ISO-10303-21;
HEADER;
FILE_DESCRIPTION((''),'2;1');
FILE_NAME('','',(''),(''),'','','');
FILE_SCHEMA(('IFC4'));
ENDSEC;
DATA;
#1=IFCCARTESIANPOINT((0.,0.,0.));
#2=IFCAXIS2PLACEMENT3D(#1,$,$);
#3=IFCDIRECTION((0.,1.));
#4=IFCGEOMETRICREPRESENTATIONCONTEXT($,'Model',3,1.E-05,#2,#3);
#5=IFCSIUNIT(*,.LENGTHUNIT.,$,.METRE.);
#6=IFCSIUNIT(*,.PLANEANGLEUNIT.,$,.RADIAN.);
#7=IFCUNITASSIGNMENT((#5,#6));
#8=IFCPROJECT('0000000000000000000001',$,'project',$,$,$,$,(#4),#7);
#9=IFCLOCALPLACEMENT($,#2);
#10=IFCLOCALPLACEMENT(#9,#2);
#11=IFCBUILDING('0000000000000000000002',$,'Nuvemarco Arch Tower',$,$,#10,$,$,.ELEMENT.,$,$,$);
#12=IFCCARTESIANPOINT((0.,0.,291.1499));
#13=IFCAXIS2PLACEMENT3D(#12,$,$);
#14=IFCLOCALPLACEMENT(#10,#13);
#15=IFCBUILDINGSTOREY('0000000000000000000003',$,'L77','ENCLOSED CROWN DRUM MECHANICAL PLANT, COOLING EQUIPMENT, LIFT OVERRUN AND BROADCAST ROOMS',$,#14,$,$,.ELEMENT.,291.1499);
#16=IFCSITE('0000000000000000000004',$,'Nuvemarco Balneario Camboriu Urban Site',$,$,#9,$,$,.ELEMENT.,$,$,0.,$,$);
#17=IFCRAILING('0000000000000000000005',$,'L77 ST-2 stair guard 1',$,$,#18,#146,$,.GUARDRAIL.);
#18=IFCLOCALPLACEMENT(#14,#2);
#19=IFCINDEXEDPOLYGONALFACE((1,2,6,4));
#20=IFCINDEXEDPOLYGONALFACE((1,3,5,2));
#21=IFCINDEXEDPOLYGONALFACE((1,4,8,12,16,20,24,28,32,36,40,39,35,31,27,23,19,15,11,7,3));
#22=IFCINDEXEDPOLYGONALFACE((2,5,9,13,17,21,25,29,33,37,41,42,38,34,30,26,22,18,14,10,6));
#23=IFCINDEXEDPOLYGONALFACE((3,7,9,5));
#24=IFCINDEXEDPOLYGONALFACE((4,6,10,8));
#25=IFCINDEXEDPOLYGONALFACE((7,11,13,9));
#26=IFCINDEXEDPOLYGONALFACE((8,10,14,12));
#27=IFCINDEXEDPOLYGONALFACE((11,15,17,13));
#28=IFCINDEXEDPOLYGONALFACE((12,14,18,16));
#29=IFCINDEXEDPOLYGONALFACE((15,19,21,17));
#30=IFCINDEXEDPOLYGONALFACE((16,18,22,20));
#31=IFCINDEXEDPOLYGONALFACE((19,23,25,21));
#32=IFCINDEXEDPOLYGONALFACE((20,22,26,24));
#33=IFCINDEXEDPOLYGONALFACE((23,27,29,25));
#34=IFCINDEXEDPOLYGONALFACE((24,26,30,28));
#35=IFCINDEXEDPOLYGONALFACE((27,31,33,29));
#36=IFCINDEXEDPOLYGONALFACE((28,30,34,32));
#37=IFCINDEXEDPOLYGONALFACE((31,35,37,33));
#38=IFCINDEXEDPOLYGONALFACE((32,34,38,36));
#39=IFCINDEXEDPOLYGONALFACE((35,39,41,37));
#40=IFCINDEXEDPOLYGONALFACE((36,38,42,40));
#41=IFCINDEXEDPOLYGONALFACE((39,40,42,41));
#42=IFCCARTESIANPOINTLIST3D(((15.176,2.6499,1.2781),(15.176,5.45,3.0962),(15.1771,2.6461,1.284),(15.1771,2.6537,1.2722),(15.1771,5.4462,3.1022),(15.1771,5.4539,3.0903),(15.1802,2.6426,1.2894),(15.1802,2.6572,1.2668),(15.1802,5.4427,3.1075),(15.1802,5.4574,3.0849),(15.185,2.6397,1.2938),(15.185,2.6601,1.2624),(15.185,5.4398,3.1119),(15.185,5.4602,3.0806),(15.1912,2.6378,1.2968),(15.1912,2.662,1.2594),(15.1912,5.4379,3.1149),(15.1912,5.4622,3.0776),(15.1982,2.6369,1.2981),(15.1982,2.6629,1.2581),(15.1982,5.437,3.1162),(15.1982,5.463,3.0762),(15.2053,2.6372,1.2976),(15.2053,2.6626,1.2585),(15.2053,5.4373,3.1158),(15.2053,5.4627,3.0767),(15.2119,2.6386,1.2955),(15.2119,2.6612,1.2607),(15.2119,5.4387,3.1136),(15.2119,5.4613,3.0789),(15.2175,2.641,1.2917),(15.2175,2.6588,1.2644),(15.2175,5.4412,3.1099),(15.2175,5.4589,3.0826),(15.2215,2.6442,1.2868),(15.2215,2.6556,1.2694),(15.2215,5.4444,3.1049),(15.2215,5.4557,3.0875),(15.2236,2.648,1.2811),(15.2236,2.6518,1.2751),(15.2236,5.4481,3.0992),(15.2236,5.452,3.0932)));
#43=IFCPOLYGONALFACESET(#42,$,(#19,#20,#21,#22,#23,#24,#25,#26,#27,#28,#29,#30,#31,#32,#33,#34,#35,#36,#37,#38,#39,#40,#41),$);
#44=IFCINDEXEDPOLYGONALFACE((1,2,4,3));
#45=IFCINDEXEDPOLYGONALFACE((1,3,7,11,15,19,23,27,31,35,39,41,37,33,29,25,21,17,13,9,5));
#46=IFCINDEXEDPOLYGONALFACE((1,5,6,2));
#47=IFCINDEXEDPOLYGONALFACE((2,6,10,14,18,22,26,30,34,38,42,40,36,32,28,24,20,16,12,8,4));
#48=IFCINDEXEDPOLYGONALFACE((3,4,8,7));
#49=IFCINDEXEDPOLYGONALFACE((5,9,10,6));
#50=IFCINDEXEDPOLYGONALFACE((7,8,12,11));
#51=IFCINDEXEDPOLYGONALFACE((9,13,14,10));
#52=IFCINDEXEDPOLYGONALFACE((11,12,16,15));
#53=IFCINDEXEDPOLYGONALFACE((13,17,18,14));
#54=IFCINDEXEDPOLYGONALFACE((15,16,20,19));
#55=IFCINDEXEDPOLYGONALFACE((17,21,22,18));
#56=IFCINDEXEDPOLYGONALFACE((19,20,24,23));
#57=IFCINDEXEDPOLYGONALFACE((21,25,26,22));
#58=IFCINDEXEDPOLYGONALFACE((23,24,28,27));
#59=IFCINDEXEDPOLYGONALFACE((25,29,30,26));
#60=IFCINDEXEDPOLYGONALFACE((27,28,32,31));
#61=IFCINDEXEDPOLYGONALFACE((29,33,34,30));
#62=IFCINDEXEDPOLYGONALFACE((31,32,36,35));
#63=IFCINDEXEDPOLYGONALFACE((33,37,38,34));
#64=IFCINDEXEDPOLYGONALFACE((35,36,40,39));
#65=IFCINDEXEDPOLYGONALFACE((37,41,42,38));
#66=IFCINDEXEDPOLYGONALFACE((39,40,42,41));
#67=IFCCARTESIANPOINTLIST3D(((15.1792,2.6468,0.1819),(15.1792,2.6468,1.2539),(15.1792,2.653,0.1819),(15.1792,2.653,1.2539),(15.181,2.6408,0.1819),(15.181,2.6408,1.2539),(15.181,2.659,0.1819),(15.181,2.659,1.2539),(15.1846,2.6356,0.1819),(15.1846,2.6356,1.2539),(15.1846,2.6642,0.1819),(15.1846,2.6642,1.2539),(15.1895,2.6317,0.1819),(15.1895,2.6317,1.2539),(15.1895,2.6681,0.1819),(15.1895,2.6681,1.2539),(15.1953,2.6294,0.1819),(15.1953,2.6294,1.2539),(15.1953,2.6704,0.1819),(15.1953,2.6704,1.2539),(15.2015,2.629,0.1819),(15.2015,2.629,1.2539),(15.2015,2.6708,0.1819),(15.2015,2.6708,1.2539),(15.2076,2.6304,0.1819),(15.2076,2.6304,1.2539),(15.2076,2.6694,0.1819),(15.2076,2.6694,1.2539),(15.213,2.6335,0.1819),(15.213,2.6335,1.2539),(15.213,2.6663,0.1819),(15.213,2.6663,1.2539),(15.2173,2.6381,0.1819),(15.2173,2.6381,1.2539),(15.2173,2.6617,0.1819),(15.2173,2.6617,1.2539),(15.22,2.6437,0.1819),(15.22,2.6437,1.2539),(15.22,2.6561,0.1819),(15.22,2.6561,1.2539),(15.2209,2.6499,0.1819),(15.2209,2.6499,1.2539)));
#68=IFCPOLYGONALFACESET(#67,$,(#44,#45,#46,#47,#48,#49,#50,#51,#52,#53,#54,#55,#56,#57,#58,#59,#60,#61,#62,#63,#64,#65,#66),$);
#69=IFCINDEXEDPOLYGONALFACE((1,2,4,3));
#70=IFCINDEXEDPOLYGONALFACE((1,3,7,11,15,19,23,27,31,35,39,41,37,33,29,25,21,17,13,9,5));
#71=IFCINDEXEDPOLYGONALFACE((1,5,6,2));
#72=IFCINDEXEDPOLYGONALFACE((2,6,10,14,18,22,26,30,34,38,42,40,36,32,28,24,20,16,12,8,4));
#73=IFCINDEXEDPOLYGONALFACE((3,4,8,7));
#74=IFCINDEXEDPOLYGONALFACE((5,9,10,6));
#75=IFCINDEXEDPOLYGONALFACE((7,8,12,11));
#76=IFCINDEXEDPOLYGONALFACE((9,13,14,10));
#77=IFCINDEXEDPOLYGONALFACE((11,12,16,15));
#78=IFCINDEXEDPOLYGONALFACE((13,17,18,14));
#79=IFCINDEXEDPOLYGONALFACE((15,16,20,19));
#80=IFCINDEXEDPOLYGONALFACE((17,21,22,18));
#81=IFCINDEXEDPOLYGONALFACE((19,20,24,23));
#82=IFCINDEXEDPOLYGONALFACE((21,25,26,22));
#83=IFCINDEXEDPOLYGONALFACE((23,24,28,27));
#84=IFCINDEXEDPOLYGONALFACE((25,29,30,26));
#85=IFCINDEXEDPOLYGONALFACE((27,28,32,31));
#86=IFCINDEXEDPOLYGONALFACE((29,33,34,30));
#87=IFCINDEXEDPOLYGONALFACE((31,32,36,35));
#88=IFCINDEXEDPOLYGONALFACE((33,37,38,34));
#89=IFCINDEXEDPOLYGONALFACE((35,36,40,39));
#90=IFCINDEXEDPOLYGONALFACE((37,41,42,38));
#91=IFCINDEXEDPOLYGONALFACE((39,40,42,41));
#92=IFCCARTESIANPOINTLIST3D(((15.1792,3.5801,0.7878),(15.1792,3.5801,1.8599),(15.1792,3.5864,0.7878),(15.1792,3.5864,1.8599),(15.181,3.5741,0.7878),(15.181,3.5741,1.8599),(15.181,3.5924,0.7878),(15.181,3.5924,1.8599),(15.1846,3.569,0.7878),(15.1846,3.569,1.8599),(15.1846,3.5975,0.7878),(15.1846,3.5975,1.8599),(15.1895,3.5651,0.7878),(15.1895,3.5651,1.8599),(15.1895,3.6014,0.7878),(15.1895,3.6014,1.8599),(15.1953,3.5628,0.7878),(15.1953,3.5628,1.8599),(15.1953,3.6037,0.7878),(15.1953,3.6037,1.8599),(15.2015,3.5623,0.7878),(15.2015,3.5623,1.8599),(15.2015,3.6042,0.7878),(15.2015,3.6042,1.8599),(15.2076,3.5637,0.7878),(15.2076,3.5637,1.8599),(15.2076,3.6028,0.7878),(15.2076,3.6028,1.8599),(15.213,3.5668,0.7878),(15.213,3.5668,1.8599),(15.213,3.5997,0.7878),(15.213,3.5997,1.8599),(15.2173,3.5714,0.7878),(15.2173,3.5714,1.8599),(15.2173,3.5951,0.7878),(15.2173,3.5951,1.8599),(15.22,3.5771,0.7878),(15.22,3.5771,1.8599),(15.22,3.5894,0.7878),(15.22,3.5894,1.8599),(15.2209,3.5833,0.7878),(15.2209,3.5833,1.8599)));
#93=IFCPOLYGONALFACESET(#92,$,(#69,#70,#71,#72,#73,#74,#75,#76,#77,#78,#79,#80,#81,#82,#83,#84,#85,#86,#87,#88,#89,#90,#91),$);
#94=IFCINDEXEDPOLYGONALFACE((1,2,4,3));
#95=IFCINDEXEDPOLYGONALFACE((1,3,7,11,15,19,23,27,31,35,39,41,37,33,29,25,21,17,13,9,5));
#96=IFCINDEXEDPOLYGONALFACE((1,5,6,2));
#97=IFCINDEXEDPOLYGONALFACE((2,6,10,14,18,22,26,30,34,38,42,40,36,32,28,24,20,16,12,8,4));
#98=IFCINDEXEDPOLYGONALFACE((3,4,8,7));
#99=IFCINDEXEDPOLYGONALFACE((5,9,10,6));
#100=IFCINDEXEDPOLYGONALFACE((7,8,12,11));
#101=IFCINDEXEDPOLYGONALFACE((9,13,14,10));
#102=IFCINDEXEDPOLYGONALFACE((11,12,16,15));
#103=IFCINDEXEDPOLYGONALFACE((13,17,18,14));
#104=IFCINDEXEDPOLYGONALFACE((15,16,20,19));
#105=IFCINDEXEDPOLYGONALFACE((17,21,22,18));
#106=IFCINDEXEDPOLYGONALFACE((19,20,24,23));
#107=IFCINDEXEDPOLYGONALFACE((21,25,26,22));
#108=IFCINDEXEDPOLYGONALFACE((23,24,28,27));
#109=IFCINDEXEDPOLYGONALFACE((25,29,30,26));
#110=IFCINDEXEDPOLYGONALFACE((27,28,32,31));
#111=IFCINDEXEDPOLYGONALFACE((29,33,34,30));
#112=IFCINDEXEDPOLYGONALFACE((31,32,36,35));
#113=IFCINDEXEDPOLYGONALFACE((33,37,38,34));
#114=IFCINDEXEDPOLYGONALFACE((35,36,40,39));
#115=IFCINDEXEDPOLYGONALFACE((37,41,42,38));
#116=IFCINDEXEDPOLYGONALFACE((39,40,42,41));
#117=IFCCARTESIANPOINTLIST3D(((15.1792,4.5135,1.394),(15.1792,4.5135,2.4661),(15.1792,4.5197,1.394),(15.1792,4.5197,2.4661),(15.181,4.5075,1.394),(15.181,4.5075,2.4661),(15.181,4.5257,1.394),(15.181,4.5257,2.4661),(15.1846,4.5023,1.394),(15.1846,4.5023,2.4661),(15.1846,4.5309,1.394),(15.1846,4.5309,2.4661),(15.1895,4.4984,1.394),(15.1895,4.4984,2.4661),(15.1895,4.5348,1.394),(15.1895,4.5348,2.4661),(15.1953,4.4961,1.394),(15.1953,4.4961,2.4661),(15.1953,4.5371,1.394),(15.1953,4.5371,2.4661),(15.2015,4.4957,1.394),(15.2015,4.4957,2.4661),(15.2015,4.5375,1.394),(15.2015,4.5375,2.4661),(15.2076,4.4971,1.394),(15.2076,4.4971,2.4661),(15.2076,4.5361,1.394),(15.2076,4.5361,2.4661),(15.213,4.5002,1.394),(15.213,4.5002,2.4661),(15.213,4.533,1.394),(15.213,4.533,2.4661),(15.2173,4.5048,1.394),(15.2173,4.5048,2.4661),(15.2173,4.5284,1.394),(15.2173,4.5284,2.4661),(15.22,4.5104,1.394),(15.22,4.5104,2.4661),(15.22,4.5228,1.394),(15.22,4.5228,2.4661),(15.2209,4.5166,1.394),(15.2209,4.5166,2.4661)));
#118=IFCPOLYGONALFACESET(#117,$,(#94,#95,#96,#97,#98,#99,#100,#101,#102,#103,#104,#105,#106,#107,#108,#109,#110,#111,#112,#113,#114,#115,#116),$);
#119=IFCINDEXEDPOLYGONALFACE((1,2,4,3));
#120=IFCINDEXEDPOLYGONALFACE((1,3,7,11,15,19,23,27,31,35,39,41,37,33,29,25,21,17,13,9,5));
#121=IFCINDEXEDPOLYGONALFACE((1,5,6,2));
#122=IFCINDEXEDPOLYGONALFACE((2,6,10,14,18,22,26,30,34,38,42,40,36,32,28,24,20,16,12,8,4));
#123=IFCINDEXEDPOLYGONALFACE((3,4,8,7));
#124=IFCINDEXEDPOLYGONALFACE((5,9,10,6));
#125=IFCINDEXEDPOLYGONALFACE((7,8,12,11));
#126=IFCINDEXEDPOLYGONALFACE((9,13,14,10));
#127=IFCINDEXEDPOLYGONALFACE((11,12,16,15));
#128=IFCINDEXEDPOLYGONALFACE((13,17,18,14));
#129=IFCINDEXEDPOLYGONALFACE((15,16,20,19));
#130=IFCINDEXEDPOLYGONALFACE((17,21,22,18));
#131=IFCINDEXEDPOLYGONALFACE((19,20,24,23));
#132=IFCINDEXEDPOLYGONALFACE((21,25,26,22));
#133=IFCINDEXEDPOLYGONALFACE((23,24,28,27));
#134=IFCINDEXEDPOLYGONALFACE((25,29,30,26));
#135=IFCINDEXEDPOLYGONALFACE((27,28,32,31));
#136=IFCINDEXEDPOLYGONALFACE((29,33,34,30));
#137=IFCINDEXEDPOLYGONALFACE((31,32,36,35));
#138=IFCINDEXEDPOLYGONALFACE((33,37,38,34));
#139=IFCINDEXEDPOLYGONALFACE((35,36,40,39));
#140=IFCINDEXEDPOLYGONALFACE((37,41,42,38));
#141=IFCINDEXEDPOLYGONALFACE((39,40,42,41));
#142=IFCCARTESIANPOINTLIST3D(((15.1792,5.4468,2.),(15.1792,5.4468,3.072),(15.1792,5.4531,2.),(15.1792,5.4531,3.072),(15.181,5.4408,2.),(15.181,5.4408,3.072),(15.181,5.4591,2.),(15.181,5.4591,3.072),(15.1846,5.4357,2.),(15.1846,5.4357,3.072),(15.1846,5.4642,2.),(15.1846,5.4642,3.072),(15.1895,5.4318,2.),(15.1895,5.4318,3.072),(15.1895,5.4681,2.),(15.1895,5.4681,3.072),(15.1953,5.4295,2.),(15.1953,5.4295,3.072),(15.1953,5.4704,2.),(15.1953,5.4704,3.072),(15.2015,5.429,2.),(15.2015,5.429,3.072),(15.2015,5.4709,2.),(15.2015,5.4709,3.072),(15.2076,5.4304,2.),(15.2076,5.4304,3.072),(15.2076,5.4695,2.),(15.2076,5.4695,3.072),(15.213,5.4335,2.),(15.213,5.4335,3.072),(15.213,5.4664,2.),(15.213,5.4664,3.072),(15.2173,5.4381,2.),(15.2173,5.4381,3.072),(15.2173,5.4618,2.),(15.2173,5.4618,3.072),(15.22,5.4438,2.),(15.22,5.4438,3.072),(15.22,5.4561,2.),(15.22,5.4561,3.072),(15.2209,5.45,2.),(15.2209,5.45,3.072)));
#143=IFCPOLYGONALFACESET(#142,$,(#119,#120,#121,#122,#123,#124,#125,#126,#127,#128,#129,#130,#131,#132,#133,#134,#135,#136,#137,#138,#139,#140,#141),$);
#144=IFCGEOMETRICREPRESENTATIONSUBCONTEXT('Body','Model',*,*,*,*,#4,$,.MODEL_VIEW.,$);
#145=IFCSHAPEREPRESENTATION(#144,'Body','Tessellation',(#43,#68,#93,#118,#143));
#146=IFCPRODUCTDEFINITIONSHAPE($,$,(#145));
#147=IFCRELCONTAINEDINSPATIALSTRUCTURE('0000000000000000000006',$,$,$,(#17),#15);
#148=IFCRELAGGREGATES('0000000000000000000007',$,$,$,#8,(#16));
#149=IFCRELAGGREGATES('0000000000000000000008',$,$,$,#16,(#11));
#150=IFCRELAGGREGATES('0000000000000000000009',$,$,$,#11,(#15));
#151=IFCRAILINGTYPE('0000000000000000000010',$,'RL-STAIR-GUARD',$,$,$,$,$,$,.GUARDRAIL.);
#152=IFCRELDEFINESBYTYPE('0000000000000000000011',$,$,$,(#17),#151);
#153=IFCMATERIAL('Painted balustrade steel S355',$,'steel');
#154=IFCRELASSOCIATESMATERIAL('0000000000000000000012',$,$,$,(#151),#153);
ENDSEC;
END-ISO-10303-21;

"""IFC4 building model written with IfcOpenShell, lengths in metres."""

from ifc_helpers import new_model, si_unit, direction, frame, origin, origin_2d, place, context, subcontext, project, spatial, circle, extrude, material, type_object, element, save


model = new_model("IFC4")

# Units and contexts
model_context = context("Model", 3, precision=1e-05, world=origin(), true_north=direction((0.0, 1.0)))
body_context = subcontext(model_context, "Body", "Model", "MODEL_VIEW")
ifc_project = project(units=[si_unit("LENGTHUNIT", "METRE"), si_unit("PLANEANGLEUNIT", "RADIAN")], contexts=[model_context])

# Site, building, storey
site_placement = place(None, origin())
site = spatial("IfcSite", under=ifc_project, at=site_placement, Name="Nuvemarco Balneario Camboriu Urban Site", CompositionType="ELEMENT", RefElevation=0.0)
building_placement = place(site_placement, origin())
building = spatial("IfcBuilding", under=site, at=building_placement, Name="Nuvemarco Arch Tower", CompositionType="ELEMENT")
storey_placement = place(building_placement, frame((0.0, 0.0, 291.1499)))
storey = spatial("IfcBuildingStorey", under=building, at=storey_placement, Name="L77", Description="ENCLOSED CROWN DRUM MECHANICAL PLANT, COOLING EQUIPMENT, LIFT OVERRUN AND BROADCAST ROOMS", CompositionType="ELEMENT", Elevation=291.1499)

# Railing
ifc_material_1 = material(Name="Painted balustrade steel S355", Category="steel")
railing_type_1 = type_object("IfcRailingType", Name="RL-STAIR-GUARD", PredefinedType="GUARDRAIL", material=ifc_material_1)
railing_1_placement = place(storey_placement, frame((15.2, 2.6499, 0.1819)))
element("IfcRailing", 1, at=railing_1_placement, inside=storey, type_object=railing_type_1, Name="L77 ST-2 stair guard 1", PredefinedType="GUARDRAIL", context=body_context, shape_type="SweptSolid", body=[
    extrude(circle(Radius=0.0239, at=origin_2d()), frame((0.0, 0.0, 1.0962), z_axis=(0.0, 0.838706, 0.544585), x_axis=(-1.0, 0.0, 0.0)), (0.0, 0.0, 1.0), 3.3386),
    extrude(circle(Radius=0.021, at=origin_2d()), origin(), (0.0, 0.0, 1.0), 1.072),
    extrude(circle(Radius=0.021, at=origin_2d()), frame((0.0, 0.9333, 0.606)), (0.0, 0.0, 1.0), 1.072),
    extrude(circle(Radius=0.021, at=origin_2d()), frame((0.0, 1.8667, 1.2122)), (0.0, 0.0, 1.0), 1.072),
    extrude(circle(Radius=0.021, at=origin_2d()), frame((0.0, 2.8, 1.8181)), (0.0, 0.0, 1.0), 1.072),
])

save(model, "model.ifc")
